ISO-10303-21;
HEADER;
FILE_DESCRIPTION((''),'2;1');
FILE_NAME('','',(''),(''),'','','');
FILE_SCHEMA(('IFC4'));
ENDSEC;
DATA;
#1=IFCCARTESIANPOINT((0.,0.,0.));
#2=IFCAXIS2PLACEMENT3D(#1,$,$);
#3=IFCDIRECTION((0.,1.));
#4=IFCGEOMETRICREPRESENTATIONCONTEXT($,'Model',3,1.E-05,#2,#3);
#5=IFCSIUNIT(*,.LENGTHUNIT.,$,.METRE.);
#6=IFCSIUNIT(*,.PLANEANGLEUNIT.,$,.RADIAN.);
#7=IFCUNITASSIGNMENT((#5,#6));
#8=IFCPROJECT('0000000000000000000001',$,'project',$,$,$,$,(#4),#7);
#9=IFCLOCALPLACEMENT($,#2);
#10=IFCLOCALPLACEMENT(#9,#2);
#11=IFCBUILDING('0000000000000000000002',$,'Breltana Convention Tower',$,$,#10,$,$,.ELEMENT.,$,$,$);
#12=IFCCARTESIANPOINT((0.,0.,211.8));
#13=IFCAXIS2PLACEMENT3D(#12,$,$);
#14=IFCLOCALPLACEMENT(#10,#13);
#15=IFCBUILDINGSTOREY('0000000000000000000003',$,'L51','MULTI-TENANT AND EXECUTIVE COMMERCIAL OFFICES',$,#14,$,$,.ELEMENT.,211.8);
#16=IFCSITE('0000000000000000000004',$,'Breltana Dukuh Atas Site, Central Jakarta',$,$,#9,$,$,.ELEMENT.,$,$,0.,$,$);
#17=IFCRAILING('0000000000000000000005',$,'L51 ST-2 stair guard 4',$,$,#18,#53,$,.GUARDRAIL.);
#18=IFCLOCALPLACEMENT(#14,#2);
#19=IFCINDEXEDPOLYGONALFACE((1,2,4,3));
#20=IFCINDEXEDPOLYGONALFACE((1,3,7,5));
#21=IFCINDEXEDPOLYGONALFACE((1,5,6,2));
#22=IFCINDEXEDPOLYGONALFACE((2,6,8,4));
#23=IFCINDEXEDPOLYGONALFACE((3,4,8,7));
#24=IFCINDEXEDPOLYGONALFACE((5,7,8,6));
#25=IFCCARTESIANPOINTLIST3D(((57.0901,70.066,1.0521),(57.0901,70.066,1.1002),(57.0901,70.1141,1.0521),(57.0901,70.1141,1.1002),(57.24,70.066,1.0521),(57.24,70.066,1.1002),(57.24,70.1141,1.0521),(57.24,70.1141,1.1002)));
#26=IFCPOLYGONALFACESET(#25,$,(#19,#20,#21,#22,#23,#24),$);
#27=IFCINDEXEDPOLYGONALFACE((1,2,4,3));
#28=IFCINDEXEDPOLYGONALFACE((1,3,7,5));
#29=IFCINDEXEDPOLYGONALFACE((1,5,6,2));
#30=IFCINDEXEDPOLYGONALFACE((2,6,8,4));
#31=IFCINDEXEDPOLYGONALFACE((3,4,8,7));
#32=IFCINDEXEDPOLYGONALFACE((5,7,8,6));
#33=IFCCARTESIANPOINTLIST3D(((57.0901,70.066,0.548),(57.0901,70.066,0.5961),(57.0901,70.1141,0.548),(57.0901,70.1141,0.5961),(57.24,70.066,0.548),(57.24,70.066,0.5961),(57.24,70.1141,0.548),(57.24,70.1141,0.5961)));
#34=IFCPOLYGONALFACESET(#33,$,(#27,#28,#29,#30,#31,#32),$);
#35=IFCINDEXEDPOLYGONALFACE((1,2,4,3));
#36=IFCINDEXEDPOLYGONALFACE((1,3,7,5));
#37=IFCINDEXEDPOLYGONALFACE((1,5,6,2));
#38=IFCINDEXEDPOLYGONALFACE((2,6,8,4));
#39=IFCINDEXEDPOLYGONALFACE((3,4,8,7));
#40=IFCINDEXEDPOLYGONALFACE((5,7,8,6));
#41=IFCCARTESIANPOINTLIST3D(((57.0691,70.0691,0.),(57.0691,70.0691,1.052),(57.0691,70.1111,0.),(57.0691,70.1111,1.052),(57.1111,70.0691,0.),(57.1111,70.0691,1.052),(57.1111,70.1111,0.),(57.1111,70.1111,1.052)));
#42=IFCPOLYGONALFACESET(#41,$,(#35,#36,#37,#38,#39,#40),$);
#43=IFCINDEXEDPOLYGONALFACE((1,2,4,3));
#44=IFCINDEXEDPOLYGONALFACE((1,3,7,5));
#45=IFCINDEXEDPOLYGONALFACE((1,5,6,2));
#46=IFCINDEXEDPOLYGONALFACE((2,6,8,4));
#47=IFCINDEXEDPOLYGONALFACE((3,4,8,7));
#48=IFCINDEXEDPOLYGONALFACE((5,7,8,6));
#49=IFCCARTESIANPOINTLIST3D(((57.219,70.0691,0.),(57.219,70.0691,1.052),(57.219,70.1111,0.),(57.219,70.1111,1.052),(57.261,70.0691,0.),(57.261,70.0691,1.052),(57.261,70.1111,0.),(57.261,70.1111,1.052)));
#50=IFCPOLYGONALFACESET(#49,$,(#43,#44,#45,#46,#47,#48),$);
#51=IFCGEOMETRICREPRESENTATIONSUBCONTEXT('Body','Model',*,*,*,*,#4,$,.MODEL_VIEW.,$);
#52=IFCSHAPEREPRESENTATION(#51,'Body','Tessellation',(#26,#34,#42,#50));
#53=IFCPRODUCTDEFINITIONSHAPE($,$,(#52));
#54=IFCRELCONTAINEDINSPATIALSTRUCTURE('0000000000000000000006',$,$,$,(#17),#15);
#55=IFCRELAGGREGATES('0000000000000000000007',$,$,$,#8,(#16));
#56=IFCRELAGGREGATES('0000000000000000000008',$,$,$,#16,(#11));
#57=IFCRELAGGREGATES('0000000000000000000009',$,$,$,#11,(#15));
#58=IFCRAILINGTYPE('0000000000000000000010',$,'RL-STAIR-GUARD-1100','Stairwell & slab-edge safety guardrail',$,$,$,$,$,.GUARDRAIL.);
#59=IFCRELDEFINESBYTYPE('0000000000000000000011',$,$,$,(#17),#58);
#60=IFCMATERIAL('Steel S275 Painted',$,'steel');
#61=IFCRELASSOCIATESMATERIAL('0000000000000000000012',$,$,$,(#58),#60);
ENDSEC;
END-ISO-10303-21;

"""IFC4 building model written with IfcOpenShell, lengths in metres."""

from ifc_helpers import new_model, si_unit, direction, frame, origin, origin_2d, place, context, subcontext, project, spatial, rectangle, extrude, material, type_object, element, save


model = new_model("IFC4")

# Units and contexts
model_context = context("Model", 3, precision=1e-05, world=origin(), true_north=direction((0.0, 1.0)))
body_context = subcontext(model_context, "Body", "Model", "MODEL_VIEW")
ifc_project = project(units=[si_unit("LENGTHUNIT", "METRE"), si_unit("PLANEANGLEUNIT", "RADIAN")], contexts=[model_context])

# Site, building, storey
site_placement = place(None, origin())
site = spatial("IfcSite", under=ifc_project, at=site_placement, Name="Breltana Dukuh Atas Site, Central Jakarta", CompositionType="ELEMENT", RefElevation=0.0)
building_placement = place(site_placement, origin())
building = spatial("IfcBuilding", under=site, at=building_placement, Name="Breltana Convention Tower", CompositionType="ELEMENT")
storey_placement = place(building_placement, frame((0.0, 0.0, 211.8)))
storey = spatial("IfcBuildingStorey", under=building, at=storey_placement, Name="L51", Description="MULTI-TENANT AND EXECUTIVE COMMERCIAL OFFICES", CompositionType="ELEMENT", Elevation=211.8)

# Railing
ifc_material_1 = material(Name="Steel S275 Painted", Category="steel")
railing_type = type_object("IfcRailingType", Name="RL-STAIR-GUARD-1100", Description="Stairwell & slab-edge safety guardrail", PredefinedType="GUARDRAIL", material=ifc_material_1)
railing_1_placement = place(storey_placement, frame((57.0901, 70.0901, 0.0)))
element("IfcRailing", 1, at=railing_1_placement, inside=storey, type_object=railing_type, Name="L51 ST-2 stair guard 4", PredefinedType="GUARDRAIL", context=body_context, shape_type="SweptSolid", body=[
    extrude(rectangle(XDim=0.0481, YDim=0.0481, at=origin_2d()), frame((0.0, 0.0, 1.0762), z_axis=(1.0, 0.0, 0.0), x_axis=(0.0, 1.0, 0.0)), (0.0, 0.0, 1.0), 0.1499),
    extrude(rectangle(XDim=0.0481, YDim=0.0481, at=origin_2d()), frame((0.0, 0.0, 0.572), z_axis=(1.0, 0.0, 0.0), x_axis=(0.0, 1.0, 0.0)), (0.0, 0.0, 1.0), 0.1499),
    extrude(rectangle(XDim=0.042, YDim=0.042, at=origin_2d()), origin(), (0.0, 0.0, 1.0), 1.052),
    extrude(rectangle(XDim=0.042, YDim=0.042, at=origin_2d()), frame((0.1499, 0.0, 0.0)), (0.0, 0.0, 1.0), 1.052),
])

save(model, "model.ifc")
